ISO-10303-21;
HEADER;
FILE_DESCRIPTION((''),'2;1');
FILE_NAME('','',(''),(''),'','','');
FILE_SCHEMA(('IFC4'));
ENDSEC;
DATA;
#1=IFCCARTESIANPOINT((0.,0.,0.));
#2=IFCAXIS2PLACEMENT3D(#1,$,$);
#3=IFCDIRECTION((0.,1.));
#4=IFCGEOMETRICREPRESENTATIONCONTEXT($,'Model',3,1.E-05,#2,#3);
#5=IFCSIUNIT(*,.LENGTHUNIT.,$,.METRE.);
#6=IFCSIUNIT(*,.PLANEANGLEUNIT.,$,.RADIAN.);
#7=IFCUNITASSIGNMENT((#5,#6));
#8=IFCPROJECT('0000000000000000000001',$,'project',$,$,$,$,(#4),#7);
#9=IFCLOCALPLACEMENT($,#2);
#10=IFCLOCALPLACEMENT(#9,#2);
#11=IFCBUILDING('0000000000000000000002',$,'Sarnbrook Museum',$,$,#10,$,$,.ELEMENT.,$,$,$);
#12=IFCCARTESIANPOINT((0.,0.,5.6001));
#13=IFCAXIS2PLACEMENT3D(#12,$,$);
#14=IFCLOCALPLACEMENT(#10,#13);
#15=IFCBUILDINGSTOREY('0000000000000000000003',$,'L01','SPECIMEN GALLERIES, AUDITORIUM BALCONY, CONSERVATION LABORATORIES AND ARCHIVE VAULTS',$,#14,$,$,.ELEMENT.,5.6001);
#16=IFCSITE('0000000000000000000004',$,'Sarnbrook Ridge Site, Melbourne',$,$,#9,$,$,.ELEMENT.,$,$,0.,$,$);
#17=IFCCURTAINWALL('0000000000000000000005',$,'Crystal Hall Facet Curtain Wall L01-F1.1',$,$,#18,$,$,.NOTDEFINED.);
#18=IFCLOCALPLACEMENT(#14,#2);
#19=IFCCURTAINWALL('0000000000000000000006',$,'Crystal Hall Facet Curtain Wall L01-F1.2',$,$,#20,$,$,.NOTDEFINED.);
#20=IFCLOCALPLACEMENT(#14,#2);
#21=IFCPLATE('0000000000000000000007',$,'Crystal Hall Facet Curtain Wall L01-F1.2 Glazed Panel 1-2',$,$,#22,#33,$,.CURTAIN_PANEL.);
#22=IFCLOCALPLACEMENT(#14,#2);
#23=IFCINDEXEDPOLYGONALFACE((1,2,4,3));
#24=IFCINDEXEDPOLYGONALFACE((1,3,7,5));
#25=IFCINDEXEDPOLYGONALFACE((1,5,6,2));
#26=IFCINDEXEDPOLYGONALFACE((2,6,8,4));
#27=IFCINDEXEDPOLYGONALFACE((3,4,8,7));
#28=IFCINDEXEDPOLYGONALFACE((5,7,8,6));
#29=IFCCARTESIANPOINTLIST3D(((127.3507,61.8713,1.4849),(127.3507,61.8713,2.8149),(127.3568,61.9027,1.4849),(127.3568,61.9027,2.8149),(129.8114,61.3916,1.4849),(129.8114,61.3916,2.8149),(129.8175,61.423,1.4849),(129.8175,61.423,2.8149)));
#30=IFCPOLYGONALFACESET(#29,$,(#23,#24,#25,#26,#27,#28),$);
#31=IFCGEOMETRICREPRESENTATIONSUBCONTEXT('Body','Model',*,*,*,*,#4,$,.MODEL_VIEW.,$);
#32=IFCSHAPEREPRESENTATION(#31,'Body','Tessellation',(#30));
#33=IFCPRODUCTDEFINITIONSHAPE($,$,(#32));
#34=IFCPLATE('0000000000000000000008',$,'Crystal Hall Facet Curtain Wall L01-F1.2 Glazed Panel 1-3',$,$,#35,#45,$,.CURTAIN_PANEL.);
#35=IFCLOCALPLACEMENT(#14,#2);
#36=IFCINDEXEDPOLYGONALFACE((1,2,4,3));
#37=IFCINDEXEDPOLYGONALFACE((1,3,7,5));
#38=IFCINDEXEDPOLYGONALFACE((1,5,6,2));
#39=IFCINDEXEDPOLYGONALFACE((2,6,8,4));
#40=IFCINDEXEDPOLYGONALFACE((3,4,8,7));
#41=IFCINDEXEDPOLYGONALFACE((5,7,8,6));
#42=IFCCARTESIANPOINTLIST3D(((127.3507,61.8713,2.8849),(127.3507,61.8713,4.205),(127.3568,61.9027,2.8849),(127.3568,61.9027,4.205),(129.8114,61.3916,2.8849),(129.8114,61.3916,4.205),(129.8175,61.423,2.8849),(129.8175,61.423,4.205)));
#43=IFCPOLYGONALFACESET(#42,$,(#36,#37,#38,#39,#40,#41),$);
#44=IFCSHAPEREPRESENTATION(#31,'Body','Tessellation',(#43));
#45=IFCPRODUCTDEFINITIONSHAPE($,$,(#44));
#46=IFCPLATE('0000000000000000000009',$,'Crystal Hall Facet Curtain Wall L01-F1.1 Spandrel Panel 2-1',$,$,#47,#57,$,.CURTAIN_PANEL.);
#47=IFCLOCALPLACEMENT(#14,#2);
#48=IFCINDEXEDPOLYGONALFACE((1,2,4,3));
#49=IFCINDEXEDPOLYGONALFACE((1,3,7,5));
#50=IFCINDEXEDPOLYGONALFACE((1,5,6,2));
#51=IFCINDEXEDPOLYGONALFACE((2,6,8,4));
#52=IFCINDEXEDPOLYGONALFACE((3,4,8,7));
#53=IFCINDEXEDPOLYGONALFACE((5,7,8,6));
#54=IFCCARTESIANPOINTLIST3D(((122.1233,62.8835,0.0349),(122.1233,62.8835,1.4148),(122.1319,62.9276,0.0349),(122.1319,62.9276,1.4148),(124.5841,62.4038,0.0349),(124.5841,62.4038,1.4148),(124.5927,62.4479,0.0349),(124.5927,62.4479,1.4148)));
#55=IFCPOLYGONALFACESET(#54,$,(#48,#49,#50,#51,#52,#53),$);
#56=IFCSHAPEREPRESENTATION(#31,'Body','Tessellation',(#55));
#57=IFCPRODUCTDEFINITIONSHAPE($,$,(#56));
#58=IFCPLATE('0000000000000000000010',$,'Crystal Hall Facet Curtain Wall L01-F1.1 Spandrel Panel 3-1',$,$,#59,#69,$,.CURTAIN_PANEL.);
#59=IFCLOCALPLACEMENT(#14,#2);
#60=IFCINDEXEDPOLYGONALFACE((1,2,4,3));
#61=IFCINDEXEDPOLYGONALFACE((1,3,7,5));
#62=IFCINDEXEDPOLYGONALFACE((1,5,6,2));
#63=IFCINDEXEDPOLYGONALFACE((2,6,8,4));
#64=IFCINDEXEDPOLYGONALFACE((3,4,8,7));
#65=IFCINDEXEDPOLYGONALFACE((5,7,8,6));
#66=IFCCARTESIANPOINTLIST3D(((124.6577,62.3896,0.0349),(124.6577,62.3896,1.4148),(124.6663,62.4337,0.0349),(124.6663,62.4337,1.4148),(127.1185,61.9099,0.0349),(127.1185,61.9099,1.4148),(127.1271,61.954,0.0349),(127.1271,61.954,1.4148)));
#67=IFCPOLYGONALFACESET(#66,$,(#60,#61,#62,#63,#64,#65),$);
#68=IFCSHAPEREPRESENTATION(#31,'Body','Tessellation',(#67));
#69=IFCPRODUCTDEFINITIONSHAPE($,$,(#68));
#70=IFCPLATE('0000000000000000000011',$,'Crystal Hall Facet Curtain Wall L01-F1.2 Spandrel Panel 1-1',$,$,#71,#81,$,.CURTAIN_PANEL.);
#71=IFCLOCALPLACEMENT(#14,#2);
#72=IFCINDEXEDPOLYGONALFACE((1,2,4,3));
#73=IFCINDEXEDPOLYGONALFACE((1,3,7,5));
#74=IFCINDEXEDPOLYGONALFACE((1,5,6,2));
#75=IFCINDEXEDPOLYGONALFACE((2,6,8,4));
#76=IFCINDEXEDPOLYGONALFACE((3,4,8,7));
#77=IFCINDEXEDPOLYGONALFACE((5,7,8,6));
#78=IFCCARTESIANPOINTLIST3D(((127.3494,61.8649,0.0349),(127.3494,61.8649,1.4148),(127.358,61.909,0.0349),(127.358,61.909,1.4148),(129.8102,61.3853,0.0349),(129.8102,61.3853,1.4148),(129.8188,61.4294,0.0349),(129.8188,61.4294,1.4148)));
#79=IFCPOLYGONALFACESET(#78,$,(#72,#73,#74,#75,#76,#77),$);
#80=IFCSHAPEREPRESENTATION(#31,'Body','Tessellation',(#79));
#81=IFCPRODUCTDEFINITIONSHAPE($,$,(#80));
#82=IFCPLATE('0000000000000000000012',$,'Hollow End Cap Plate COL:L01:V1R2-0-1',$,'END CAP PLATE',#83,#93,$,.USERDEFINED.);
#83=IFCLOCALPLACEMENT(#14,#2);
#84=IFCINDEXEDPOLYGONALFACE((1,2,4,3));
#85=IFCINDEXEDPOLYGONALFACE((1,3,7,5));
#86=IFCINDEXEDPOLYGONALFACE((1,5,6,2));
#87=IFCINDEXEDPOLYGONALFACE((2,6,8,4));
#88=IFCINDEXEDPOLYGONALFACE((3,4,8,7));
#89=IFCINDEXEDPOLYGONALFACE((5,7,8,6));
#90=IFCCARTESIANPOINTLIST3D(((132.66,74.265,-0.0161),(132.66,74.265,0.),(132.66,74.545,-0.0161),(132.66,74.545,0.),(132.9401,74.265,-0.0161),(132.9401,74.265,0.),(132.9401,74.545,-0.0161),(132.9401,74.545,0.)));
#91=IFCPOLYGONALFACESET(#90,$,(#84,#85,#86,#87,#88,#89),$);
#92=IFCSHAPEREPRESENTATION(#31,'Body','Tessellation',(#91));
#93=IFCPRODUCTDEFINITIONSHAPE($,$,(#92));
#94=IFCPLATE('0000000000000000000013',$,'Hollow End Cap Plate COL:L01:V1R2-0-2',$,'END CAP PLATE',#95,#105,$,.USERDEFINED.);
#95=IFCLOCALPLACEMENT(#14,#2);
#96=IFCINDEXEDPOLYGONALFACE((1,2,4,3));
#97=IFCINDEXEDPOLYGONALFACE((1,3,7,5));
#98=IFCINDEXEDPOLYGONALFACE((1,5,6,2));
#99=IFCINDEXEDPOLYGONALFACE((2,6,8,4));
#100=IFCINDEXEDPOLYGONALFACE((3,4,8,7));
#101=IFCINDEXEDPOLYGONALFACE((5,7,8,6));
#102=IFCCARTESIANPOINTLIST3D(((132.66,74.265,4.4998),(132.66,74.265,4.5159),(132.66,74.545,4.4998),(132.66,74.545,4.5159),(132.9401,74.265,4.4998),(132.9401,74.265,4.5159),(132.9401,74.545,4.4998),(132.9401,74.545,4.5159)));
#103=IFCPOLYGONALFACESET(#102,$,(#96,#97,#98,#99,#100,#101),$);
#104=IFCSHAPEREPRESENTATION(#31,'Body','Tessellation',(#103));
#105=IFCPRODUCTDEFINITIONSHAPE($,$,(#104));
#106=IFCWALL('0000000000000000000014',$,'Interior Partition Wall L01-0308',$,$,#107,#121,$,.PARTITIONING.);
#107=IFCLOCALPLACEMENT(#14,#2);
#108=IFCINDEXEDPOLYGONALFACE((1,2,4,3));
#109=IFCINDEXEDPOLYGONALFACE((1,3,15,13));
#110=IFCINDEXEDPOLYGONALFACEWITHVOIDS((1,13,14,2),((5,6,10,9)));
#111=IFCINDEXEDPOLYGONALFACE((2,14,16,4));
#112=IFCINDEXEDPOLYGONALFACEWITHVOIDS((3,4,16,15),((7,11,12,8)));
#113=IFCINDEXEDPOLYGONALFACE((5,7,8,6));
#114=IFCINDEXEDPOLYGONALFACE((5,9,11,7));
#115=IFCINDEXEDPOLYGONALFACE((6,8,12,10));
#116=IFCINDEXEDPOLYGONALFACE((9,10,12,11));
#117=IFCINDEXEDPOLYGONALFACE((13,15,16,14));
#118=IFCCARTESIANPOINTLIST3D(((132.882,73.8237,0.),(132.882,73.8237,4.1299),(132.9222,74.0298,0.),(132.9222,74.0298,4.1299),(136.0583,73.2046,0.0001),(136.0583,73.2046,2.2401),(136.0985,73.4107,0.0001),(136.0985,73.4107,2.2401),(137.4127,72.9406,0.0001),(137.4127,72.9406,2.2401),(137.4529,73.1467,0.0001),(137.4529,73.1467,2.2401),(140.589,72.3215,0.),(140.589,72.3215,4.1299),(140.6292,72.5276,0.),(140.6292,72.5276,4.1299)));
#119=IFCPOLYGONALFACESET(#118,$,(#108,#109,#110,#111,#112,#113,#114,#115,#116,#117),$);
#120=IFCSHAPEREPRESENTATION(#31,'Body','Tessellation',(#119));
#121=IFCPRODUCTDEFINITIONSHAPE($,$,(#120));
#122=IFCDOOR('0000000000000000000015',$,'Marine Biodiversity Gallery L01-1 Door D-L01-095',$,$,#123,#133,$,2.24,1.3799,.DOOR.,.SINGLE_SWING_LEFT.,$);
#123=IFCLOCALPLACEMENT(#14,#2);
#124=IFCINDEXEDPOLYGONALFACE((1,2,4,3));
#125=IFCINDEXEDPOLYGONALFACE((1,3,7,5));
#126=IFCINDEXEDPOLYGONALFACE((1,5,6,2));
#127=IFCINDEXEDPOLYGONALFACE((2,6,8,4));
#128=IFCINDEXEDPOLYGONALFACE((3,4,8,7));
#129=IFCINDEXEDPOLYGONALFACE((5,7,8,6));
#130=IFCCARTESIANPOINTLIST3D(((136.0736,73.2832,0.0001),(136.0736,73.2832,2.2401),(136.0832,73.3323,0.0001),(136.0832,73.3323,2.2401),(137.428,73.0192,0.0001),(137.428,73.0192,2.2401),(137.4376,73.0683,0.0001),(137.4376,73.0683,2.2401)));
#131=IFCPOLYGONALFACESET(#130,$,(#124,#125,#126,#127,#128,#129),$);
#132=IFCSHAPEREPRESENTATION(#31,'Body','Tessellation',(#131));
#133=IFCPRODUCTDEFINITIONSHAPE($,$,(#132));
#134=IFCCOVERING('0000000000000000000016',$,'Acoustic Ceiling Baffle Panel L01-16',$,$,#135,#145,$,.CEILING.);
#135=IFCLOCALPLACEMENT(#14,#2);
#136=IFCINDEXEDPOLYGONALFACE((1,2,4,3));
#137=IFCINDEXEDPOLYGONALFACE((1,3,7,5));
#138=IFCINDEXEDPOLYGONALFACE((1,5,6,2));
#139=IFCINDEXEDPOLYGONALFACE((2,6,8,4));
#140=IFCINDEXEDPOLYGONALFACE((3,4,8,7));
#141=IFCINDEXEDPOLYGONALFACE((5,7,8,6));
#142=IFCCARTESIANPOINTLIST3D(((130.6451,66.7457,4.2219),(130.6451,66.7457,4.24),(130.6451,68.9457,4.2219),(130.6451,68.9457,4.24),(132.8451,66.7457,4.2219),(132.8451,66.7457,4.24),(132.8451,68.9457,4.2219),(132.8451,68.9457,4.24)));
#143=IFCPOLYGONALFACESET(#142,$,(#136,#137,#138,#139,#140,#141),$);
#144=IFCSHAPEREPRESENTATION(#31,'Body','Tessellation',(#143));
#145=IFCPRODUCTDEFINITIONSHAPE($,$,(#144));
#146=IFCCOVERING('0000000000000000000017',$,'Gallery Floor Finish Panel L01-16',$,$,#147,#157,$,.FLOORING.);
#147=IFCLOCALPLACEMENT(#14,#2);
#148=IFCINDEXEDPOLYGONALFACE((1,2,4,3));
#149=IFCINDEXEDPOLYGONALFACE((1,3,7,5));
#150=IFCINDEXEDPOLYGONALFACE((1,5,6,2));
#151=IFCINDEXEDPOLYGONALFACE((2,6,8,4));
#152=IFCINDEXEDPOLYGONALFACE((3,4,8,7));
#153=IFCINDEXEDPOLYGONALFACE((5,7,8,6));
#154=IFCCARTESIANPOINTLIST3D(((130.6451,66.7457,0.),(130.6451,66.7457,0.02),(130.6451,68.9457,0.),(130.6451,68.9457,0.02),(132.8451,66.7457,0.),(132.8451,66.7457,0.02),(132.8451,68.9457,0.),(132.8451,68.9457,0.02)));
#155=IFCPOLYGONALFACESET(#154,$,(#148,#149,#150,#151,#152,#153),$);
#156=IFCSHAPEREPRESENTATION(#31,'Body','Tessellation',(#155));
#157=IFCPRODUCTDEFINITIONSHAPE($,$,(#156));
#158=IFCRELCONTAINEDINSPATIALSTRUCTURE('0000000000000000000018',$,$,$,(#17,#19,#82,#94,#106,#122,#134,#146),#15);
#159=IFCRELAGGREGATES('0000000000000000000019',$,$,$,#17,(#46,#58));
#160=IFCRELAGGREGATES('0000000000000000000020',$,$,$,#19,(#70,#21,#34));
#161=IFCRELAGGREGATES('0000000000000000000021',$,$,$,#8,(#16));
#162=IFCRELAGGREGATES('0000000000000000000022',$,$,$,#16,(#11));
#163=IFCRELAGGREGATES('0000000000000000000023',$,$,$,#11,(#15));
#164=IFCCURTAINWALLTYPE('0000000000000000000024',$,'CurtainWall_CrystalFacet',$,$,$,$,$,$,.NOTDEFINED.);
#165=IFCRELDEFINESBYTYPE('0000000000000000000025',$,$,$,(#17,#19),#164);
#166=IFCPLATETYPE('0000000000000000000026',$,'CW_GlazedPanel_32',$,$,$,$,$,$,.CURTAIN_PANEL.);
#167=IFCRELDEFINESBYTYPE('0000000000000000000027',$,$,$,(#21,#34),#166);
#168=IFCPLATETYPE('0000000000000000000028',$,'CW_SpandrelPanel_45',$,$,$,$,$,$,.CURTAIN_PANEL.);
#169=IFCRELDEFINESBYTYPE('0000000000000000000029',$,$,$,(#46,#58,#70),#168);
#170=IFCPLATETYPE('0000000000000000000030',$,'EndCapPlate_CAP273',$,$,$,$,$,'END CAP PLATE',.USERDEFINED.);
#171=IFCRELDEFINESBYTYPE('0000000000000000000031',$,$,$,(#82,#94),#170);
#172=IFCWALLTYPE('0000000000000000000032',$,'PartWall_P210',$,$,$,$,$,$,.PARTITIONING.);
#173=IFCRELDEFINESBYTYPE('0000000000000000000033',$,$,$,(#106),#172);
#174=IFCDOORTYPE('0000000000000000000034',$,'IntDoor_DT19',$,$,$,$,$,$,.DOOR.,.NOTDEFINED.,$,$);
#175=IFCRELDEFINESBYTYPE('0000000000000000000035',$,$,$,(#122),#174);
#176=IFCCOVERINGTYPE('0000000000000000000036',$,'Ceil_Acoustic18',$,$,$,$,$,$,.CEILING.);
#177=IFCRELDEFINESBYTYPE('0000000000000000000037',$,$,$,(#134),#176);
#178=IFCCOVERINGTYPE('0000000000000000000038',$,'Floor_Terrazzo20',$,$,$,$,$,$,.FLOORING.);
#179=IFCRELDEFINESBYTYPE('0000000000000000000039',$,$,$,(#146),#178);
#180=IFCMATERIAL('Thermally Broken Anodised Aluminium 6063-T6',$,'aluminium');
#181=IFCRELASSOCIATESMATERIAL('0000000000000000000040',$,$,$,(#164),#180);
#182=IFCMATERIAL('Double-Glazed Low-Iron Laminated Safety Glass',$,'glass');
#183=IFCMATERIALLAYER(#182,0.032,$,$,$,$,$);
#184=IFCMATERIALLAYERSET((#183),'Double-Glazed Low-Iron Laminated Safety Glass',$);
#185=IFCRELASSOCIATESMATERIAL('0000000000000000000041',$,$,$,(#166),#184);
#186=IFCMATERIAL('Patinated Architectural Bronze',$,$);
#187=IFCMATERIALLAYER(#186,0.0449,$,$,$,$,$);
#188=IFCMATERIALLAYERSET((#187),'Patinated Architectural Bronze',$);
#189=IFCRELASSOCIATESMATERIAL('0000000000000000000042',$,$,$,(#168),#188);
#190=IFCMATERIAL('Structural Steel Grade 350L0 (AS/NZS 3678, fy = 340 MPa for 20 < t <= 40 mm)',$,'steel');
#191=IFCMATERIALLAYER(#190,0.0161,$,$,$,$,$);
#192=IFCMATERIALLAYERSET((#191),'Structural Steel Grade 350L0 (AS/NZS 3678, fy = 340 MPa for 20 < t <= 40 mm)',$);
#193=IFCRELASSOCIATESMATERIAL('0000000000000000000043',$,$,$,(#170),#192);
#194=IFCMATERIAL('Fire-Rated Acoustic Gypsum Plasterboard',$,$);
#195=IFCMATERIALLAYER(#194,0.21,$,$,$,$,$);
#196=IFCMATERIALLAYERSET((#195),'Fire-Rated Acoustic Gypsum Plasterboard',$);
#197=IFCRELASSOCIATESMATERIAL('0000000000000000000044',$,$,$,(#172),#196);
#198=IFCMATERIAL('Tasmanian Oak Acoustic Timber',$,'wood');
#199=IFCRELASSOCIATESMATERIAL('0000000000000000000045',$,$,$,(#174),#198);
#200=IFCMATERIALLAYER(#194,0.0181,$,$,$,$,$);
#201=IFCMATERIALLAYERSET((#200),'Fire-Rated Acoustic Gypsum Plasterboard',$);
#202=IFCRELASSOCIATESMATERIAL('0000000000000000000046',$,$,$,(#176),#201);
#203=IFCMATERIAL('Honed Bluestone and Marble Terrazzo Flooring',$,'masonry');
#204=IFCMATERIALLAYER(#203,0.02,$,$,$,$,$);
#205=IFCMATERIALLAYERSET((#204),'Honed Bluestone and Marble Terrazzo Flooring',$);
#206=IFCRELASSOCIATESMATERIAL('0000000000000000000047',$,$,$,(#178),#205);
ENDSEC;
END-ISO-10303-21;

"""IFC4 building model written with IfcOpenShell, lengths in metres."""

from ifc_helpers import new_model, si_unit, direction, frame, frame_2d, origin, origin_2d, place, context, subcontext, project, spatial, rectangle, extrude, material, layer, layer_set, type_object, element, fill, aggregate, save


model = new_model("IFC4")

# Units and contexts
model_context = context("Model", 3, precision=1e-05, world=origin(), true_north=direction((0.0, 1.0)))
body_context = subcontext(model_context, "Body", "Model", "MODEL_VIEW")
ifc_project = project(units=[si_unit("LENGTHUNIT", "METRE"), si_unit("PLANEANGLEUNIT", "RADIAN")], contexts=[model_context])

# Site, building, storey
site_placement = place(None, origin())
site = spatial("IfcSite", under=ifc_project, at=site_placement, Name="Sarnbrook Ridge Site, Melbourne", CompositionType="ELEMENT", RefElevation=0.0)
building_placement = place(site_placement, origin())
building = spatial("IfcBuilding", under=site, at=building_placement, Name="Sarnbrook Museum", CompositionType="ELEMENT")
storey_placement = place(building_placement, frame((0.0, 0.0, 5.6001)))
storey = spatial("IfcBuildingStorey", under=building, at=storey_placement, Name="L01", Description="SPECIMEN GALLERIES, AUDITORIUM BALCONY, CONSERVATION LABORATORIES AND ARCHIVE VAULTS", CompositionType="ELEMENT", Elevation=5.6001)

# Shared definitions
ifc_material_1 = material(Name="Structural Steel Grade 350L0 (AS/NZS 3678, fy = 340 MPa for 20 < t <= 40 mm)", Category="steel")

# Curtain walls
ifc_material_2 = material(Name="Thermally Broken Anodised Aluminium 6063-T6", Category="aluminium")
curtain_wall_type = type_object("IfcCurtainWallType", Name="CurtainWall_CrystalFacet", PredefinedType="NOTDEFINED", material=ifc_material_2)
curtain_wall_1_placement = place(storey_placement, origin())
curtain_wall_1 = element("IfcCurtainWall", 1, at=curtain_wall_1_placement, inside=storey, type_object=curtain_wall_type, Name="Crystal Hall Facet Curtain Wall L01-F1.1", PredefinedType="NOTDEFINED")
curtain_wall_2_placement = place(storey_placement, origin())
curtain_wall_2 = element("IfcCurtainWall", 2, at=curtain_wall_2_placement, inside=storey, type_object=curtain_wall_type, Name="Crystal Hall Facet Curtain Wall L01-F1.2", PredefinedType="NOTDEFINED")

# Plates
ifc_material_3 = material(Name="Double-Glazed Low-Iron Laminated Safety Glass", Category="glass")
ifc_layer_1 = layer(ifc_material_3, 0.032)
ifc_layer_set_1 = layer_set([ifc_layer_1], Name="Double-Glazed Low-Iron Laminated Safety Glass")
plate_type_1 = type_object("IfcPlateType", Name="CW_GlazedPanel_32", PredefinedType="CURTAIN_PANEL", material=ifc_layer_set_1)
plate_1_placement = place(storey_placement, frame((128.5872, 61.6628, 2.1499), z_axis=(-0.191317, -0.981528, 0.0), x_axis=(0.981528, -0.191317, 0.0)))
plate_1 = element("IfcPlate", 3, at=plate_1_placement, type_object=plate_type_1, Name="Crystal Hall Facet Curtain Wall L01-F1.2 Glazed Panel 1-2", PredefinedType="CURTAIN_PANEL", context=body_context, shape_type="SweptSolid", body=[
    extrude(rectangle(XDim=2.5071, YDim=1.3301, at=origin_2d()), origin(), (0.0, 0.0, 1.0), 0.032),
])
plate_2_placement = place(storey_placement, frame((128.5872, 61.6628, 3.5449), z_axis=(-0.191317, -0.981528, 0.0), x_axis=(0.981528, -0.191317, 0.0)))
plate_2 = element("IfcPlate", 4, at=plate_2_placement, type_object=plate_type_1, Name="Crystal Hall Facet Curtain Wall L01-F1.2 Glazed Panel 1-3", PredefinedType="CURTAIN_PANEL", context=body_context, shape_type="SweptSolid", body=[
    extrude(rectangle(XDim=2.5071, YDim=1.3201, at=origin_2d()), origin(), (0.0, 0.0, 1.0), 0.032),
])
ifc_material_4 = material(Name="Patinated Architectural Bronze")
ifc_layer_2 = layer(ifc_material_4, 0.0449)
ifc_layer_set_2 = layer_set([ifc_layer_2], Name="Patinated Architectural Bronze")
plate_type_2 = type_object("IfcPlateType", Name="CW_SpandrelPanel_45", PredefinedType="CURTAIN_PANEL", material=ifc_layer_set_2)
plate_3_placement = place(storey_placement, frame((123.3623, 62.6877, 0.7249), z_axis=(-0.191317, -0.981528, 0.0), x_axis=(0.981528, -0.191317, 0.0)))
plate_3 = element("IfcPlate", 5, at=plate_3_placement, type_object=plate_type_2, Name="Crystal Hall Facet Curtain Wall L01-F1.1 Spandrel Panel 2-1", PredefinedType="CURTAIN_PANEL", context=body_context, shape_type="SweptSolid", body=[
    extrude(rectangle(XDim=2.5071, YDim=1.3799, at=origin_2d()), origin(), (0.0, 0.0, 1.0), 0.0449),
])
plate_4_placement = place(storey_placement, frame((125.8967, 62.1938, 0.7249), z_axis=(-0.191317, -0.981528, 0.0), x_axis=(0.981528, -0.191317, 0.0)))
plate_4 = element("IfcPlate", 6, at=plate_4_placement, type_object=plate_type_2, Name="Crystal Hall Facet Curtain Wall L01-F1.1 Spandrel Panel 3-1", PredefinedType="CURTAIN_PANEL", context=body_context, shape_type="SweptSolid", body=[
    extrude(rectangle(XDim=2.5071, YDim=1.3799, at=origin_2d()), origin(), (0.0, 0.0, 1.0), 0.0449),
])
aggregate(curtain_wall_1, [plate_3, plate_4])
plate_5_placement = place(storey_placement, frame((128.5884, 61.6692, 0.7249), z_axis=(-0.191317, -0.981528, 0.0), x_axis=(0.981528, -0.191317, 0.0)))
plate_5 = element("IfcPlate", 7, at=plate_5_placement, type_object=plate_type_2, Name="Crystal Hall Facet Curtain Wall L01-F1.2 Spandrel Panel 1-1", PredefinedType="CURTAIN_PANEL", context=body_context, shape_type="SweptSolid", body=[
    extrude(rectangle(XDim=2.5071, YDim=1.3799, at=origin_2d()), origin(), (0.0, 0.0, 1.0), 0.0449),
])
aggregate(curtain_wall_2, [plate_5, plate_1, plate_2])

# Plates
ifc_layer_3 = layer(ifc_material_1, 0.0161)
ifc_layer_set_3 = layer_set([ifc_layer_3], Name="Structural Steel Grade 350L0 (AS/NZS 3678, fy = 340 MPa for 20 < t <= 40 mm)")
plate_type_3 = type_object("IfcPlateType", Name="EndCapPlate_CAP273", ElementType="END CAP PLATE", PredefinedType="USERDEFINED", material=ifc_layer_set_3)
for number, where, z_axis, x_axis, name in (
    (8, (132.8, 74.405, -0.0161), (0.0, 0.0, 1.0), (1.0, 0.0, 0.0), "Hollow End Cap Plate COL:L01:V1R2-0-1"),
    (9, (132.8, 74.405, 4.4998), (0.0, 0.0, 1.0), (1.0, 0.0, 0.0), "Hollow End Cap Plate COL:L01:V1R2-0-2"),
):
    element("IfcPlate", number, at=place(storey_placement, frame(where, z_axis=z_axis, x_axis=x_axis)), inside=storey, type_object=plate_type_3, Name=name, ObjectType="END CAP PLATE", PredefinedType="USERDEFINED", context=body_context, shape_type="SweptSolid", body=[
        extrude(rectangle(XDim=0.28, YDim=0.28, at=origin_2d()), origin(), (0.0, 0.0, 1.0), 0.0161),
    ])

# Wall, opening, door
ifc_material_5 = material(Name="Fire-Rated Acoustic Gypsum Plasterboard")
ifc_layer_4 = layer(ifc_material_5, 0.21)
ifc_layer_set_4 = layer_set([ifc_layer_4], Name="Fire-Rated Acoustic Gypsum Plasterboard")
wall_type = type_object("IfcWallType", Name="PartWall_P210", PredefinedType="PARTITIONING", material=ifc_layer_set_4)
wall_placement = place(storey_placement, frame((132.9021, 73.9268, 0.0), z_axis=(0.0, 0.0, 1.0), x_axis=(0.981529, -0.191312, 0.0)))
wall = element("IfcWall", 10, at=wall_placement, inside=storey, type_object=wall_type, Name="Interior Partition Wall L01-0308", PredefinedType="PARTITIONING", context=body_context, shape_type="SweptSolid", body=[
    extrude(rectangle(XDim=7.8521, YDim=0.21, at=frame_2d((3.926, 0.0))), origin(), (0.0, 0.0, 1.0), 4.1299),
])
opening_placement = place(wall_placement, frame((3.2361, 0.0, 0.0)))
opening = element("IfcOpeningElement", 11, at=opening_placement, cuts=wall, PredefinedType="OPENING", context=body_context, shape_type="SweptSolid", body=[
    extrude(rectangle(XDim=1.3799, YDim=2.24, at=frame_2d((0.6899, 1.1201))), frame((0.0, 0.115, 0.0), z_axis=(0.0, -1.0, 0.0), x_axis=(1.0, 0.0, 0.0)), (0.0, 0.0, 1.0), 0.23),
])
ifc_material_6 = material(Name="Tasmanian Oak Acoustic Timber", Category="wood")
door_type = type_object("IfcDoorType", Name="IntDoor_DT19", OperationType="NOTDEFINED", PredefinedType="DOOR", material=ifc_material_6)
door_placement = place(opening_placement, frame((1.3799, 0.0, 0.0), z_axis=(0.0, 0.0, 1.0), x_axis=(-1.0, 0.0, 0.0)))
door = element("IfcDoor", 12, at=door_placement, inside=storey, type_object=door_type, Name="Marine Biodiversity Gallery L01-1 Door D-L01-095", OperationType="SINGLE_SWING_LEFT", OverallHeight=2.24, OverallWidth=1.3799, PredefinedType="DOOR", context=body_context, shape_type="SweptSolid", body=[
    extrude(rectangle(XDim=1.3799, YDim=2.24, at=frame_2d((0.6899, 1.1201))), frame((0.0, 0.0249, 0.0), z_axis=(0.0, -1.0, 0.0), x_axis=(1.0, 0.0, 0.0)), (0.0, 0.0, 1.0), 0.05),
])
fill(opening, door)

# Coverings
ifc_layer_5 = layer(ifc_material_5, 0.0181)
ifc_layer_set_5 = layer_set([ifc_layer_5], Name="Fire-Rated Acoustic Gypsum Plasterboard")
covering_type_1 = type_object("IfcCoveringType", Name="Ceil_Acoustic18", PredefinedType="CEILING", material=ifc_layer_set_5)
covering_1_placement = place(storey_placement, frame((131.7451, 67.8457, 4.2219), z_axis=(0.0, 0.0, 1.0), x_axis=(1.0, 0.0, 0.0)))
element("IfcCovering", 13, at=covering_1_placement, inside=storey, type_object=covering_type_1, Name="Acoustic Ceiling Baffle Panel L01-16", PredefinedType="CEILING", context=body_context, shape_type="SweptSolid", body=[
    extrude(rectangle(XDim=2.2, YDim=2.2, at=origin_2d()), origin(), (0.0, 0.0, 1.0), 0.0181),
])
ifc_material_7 = material(Name="Honed Bluestone and Marble Terrazzo Flooring", Category="masonry")
ifc_layer_6 = layer(ifc_material_7, 0.02)
ifc_layer_set_6 = layer_set([ifc_layer_6], Name="Honed Bluestone and Marble Terrazzo Flooring")
covering_type_2 = type_object("IfcCoveringType", Name="Floor_Terrazzo20", PredefinedType="FLOORING", material=ifc_layer_set_6)
covering_2_placement = place(storey_placement, frame((131.7451, 67.8457, 0.0), z_axis=(0.0, 0.0, 1.0), x_axis=(1.0, 0.0, 0.0)))
element("IfcCovering", 14, at=covering_2_placement, inside=storey, type_object=covering_type_2, Name="Gallery Floor Finish Panel L01-16", PredefinedType="FLOORING", context=body_context, shape_type="SweptSolid", body=[
    extrude(rectangle(XDim=2.2, YDim=2.2, at=origin_2d()), origin(), (0.0, 0.0, 1.0), 0.02),
])

save(model, "model.ifc")
